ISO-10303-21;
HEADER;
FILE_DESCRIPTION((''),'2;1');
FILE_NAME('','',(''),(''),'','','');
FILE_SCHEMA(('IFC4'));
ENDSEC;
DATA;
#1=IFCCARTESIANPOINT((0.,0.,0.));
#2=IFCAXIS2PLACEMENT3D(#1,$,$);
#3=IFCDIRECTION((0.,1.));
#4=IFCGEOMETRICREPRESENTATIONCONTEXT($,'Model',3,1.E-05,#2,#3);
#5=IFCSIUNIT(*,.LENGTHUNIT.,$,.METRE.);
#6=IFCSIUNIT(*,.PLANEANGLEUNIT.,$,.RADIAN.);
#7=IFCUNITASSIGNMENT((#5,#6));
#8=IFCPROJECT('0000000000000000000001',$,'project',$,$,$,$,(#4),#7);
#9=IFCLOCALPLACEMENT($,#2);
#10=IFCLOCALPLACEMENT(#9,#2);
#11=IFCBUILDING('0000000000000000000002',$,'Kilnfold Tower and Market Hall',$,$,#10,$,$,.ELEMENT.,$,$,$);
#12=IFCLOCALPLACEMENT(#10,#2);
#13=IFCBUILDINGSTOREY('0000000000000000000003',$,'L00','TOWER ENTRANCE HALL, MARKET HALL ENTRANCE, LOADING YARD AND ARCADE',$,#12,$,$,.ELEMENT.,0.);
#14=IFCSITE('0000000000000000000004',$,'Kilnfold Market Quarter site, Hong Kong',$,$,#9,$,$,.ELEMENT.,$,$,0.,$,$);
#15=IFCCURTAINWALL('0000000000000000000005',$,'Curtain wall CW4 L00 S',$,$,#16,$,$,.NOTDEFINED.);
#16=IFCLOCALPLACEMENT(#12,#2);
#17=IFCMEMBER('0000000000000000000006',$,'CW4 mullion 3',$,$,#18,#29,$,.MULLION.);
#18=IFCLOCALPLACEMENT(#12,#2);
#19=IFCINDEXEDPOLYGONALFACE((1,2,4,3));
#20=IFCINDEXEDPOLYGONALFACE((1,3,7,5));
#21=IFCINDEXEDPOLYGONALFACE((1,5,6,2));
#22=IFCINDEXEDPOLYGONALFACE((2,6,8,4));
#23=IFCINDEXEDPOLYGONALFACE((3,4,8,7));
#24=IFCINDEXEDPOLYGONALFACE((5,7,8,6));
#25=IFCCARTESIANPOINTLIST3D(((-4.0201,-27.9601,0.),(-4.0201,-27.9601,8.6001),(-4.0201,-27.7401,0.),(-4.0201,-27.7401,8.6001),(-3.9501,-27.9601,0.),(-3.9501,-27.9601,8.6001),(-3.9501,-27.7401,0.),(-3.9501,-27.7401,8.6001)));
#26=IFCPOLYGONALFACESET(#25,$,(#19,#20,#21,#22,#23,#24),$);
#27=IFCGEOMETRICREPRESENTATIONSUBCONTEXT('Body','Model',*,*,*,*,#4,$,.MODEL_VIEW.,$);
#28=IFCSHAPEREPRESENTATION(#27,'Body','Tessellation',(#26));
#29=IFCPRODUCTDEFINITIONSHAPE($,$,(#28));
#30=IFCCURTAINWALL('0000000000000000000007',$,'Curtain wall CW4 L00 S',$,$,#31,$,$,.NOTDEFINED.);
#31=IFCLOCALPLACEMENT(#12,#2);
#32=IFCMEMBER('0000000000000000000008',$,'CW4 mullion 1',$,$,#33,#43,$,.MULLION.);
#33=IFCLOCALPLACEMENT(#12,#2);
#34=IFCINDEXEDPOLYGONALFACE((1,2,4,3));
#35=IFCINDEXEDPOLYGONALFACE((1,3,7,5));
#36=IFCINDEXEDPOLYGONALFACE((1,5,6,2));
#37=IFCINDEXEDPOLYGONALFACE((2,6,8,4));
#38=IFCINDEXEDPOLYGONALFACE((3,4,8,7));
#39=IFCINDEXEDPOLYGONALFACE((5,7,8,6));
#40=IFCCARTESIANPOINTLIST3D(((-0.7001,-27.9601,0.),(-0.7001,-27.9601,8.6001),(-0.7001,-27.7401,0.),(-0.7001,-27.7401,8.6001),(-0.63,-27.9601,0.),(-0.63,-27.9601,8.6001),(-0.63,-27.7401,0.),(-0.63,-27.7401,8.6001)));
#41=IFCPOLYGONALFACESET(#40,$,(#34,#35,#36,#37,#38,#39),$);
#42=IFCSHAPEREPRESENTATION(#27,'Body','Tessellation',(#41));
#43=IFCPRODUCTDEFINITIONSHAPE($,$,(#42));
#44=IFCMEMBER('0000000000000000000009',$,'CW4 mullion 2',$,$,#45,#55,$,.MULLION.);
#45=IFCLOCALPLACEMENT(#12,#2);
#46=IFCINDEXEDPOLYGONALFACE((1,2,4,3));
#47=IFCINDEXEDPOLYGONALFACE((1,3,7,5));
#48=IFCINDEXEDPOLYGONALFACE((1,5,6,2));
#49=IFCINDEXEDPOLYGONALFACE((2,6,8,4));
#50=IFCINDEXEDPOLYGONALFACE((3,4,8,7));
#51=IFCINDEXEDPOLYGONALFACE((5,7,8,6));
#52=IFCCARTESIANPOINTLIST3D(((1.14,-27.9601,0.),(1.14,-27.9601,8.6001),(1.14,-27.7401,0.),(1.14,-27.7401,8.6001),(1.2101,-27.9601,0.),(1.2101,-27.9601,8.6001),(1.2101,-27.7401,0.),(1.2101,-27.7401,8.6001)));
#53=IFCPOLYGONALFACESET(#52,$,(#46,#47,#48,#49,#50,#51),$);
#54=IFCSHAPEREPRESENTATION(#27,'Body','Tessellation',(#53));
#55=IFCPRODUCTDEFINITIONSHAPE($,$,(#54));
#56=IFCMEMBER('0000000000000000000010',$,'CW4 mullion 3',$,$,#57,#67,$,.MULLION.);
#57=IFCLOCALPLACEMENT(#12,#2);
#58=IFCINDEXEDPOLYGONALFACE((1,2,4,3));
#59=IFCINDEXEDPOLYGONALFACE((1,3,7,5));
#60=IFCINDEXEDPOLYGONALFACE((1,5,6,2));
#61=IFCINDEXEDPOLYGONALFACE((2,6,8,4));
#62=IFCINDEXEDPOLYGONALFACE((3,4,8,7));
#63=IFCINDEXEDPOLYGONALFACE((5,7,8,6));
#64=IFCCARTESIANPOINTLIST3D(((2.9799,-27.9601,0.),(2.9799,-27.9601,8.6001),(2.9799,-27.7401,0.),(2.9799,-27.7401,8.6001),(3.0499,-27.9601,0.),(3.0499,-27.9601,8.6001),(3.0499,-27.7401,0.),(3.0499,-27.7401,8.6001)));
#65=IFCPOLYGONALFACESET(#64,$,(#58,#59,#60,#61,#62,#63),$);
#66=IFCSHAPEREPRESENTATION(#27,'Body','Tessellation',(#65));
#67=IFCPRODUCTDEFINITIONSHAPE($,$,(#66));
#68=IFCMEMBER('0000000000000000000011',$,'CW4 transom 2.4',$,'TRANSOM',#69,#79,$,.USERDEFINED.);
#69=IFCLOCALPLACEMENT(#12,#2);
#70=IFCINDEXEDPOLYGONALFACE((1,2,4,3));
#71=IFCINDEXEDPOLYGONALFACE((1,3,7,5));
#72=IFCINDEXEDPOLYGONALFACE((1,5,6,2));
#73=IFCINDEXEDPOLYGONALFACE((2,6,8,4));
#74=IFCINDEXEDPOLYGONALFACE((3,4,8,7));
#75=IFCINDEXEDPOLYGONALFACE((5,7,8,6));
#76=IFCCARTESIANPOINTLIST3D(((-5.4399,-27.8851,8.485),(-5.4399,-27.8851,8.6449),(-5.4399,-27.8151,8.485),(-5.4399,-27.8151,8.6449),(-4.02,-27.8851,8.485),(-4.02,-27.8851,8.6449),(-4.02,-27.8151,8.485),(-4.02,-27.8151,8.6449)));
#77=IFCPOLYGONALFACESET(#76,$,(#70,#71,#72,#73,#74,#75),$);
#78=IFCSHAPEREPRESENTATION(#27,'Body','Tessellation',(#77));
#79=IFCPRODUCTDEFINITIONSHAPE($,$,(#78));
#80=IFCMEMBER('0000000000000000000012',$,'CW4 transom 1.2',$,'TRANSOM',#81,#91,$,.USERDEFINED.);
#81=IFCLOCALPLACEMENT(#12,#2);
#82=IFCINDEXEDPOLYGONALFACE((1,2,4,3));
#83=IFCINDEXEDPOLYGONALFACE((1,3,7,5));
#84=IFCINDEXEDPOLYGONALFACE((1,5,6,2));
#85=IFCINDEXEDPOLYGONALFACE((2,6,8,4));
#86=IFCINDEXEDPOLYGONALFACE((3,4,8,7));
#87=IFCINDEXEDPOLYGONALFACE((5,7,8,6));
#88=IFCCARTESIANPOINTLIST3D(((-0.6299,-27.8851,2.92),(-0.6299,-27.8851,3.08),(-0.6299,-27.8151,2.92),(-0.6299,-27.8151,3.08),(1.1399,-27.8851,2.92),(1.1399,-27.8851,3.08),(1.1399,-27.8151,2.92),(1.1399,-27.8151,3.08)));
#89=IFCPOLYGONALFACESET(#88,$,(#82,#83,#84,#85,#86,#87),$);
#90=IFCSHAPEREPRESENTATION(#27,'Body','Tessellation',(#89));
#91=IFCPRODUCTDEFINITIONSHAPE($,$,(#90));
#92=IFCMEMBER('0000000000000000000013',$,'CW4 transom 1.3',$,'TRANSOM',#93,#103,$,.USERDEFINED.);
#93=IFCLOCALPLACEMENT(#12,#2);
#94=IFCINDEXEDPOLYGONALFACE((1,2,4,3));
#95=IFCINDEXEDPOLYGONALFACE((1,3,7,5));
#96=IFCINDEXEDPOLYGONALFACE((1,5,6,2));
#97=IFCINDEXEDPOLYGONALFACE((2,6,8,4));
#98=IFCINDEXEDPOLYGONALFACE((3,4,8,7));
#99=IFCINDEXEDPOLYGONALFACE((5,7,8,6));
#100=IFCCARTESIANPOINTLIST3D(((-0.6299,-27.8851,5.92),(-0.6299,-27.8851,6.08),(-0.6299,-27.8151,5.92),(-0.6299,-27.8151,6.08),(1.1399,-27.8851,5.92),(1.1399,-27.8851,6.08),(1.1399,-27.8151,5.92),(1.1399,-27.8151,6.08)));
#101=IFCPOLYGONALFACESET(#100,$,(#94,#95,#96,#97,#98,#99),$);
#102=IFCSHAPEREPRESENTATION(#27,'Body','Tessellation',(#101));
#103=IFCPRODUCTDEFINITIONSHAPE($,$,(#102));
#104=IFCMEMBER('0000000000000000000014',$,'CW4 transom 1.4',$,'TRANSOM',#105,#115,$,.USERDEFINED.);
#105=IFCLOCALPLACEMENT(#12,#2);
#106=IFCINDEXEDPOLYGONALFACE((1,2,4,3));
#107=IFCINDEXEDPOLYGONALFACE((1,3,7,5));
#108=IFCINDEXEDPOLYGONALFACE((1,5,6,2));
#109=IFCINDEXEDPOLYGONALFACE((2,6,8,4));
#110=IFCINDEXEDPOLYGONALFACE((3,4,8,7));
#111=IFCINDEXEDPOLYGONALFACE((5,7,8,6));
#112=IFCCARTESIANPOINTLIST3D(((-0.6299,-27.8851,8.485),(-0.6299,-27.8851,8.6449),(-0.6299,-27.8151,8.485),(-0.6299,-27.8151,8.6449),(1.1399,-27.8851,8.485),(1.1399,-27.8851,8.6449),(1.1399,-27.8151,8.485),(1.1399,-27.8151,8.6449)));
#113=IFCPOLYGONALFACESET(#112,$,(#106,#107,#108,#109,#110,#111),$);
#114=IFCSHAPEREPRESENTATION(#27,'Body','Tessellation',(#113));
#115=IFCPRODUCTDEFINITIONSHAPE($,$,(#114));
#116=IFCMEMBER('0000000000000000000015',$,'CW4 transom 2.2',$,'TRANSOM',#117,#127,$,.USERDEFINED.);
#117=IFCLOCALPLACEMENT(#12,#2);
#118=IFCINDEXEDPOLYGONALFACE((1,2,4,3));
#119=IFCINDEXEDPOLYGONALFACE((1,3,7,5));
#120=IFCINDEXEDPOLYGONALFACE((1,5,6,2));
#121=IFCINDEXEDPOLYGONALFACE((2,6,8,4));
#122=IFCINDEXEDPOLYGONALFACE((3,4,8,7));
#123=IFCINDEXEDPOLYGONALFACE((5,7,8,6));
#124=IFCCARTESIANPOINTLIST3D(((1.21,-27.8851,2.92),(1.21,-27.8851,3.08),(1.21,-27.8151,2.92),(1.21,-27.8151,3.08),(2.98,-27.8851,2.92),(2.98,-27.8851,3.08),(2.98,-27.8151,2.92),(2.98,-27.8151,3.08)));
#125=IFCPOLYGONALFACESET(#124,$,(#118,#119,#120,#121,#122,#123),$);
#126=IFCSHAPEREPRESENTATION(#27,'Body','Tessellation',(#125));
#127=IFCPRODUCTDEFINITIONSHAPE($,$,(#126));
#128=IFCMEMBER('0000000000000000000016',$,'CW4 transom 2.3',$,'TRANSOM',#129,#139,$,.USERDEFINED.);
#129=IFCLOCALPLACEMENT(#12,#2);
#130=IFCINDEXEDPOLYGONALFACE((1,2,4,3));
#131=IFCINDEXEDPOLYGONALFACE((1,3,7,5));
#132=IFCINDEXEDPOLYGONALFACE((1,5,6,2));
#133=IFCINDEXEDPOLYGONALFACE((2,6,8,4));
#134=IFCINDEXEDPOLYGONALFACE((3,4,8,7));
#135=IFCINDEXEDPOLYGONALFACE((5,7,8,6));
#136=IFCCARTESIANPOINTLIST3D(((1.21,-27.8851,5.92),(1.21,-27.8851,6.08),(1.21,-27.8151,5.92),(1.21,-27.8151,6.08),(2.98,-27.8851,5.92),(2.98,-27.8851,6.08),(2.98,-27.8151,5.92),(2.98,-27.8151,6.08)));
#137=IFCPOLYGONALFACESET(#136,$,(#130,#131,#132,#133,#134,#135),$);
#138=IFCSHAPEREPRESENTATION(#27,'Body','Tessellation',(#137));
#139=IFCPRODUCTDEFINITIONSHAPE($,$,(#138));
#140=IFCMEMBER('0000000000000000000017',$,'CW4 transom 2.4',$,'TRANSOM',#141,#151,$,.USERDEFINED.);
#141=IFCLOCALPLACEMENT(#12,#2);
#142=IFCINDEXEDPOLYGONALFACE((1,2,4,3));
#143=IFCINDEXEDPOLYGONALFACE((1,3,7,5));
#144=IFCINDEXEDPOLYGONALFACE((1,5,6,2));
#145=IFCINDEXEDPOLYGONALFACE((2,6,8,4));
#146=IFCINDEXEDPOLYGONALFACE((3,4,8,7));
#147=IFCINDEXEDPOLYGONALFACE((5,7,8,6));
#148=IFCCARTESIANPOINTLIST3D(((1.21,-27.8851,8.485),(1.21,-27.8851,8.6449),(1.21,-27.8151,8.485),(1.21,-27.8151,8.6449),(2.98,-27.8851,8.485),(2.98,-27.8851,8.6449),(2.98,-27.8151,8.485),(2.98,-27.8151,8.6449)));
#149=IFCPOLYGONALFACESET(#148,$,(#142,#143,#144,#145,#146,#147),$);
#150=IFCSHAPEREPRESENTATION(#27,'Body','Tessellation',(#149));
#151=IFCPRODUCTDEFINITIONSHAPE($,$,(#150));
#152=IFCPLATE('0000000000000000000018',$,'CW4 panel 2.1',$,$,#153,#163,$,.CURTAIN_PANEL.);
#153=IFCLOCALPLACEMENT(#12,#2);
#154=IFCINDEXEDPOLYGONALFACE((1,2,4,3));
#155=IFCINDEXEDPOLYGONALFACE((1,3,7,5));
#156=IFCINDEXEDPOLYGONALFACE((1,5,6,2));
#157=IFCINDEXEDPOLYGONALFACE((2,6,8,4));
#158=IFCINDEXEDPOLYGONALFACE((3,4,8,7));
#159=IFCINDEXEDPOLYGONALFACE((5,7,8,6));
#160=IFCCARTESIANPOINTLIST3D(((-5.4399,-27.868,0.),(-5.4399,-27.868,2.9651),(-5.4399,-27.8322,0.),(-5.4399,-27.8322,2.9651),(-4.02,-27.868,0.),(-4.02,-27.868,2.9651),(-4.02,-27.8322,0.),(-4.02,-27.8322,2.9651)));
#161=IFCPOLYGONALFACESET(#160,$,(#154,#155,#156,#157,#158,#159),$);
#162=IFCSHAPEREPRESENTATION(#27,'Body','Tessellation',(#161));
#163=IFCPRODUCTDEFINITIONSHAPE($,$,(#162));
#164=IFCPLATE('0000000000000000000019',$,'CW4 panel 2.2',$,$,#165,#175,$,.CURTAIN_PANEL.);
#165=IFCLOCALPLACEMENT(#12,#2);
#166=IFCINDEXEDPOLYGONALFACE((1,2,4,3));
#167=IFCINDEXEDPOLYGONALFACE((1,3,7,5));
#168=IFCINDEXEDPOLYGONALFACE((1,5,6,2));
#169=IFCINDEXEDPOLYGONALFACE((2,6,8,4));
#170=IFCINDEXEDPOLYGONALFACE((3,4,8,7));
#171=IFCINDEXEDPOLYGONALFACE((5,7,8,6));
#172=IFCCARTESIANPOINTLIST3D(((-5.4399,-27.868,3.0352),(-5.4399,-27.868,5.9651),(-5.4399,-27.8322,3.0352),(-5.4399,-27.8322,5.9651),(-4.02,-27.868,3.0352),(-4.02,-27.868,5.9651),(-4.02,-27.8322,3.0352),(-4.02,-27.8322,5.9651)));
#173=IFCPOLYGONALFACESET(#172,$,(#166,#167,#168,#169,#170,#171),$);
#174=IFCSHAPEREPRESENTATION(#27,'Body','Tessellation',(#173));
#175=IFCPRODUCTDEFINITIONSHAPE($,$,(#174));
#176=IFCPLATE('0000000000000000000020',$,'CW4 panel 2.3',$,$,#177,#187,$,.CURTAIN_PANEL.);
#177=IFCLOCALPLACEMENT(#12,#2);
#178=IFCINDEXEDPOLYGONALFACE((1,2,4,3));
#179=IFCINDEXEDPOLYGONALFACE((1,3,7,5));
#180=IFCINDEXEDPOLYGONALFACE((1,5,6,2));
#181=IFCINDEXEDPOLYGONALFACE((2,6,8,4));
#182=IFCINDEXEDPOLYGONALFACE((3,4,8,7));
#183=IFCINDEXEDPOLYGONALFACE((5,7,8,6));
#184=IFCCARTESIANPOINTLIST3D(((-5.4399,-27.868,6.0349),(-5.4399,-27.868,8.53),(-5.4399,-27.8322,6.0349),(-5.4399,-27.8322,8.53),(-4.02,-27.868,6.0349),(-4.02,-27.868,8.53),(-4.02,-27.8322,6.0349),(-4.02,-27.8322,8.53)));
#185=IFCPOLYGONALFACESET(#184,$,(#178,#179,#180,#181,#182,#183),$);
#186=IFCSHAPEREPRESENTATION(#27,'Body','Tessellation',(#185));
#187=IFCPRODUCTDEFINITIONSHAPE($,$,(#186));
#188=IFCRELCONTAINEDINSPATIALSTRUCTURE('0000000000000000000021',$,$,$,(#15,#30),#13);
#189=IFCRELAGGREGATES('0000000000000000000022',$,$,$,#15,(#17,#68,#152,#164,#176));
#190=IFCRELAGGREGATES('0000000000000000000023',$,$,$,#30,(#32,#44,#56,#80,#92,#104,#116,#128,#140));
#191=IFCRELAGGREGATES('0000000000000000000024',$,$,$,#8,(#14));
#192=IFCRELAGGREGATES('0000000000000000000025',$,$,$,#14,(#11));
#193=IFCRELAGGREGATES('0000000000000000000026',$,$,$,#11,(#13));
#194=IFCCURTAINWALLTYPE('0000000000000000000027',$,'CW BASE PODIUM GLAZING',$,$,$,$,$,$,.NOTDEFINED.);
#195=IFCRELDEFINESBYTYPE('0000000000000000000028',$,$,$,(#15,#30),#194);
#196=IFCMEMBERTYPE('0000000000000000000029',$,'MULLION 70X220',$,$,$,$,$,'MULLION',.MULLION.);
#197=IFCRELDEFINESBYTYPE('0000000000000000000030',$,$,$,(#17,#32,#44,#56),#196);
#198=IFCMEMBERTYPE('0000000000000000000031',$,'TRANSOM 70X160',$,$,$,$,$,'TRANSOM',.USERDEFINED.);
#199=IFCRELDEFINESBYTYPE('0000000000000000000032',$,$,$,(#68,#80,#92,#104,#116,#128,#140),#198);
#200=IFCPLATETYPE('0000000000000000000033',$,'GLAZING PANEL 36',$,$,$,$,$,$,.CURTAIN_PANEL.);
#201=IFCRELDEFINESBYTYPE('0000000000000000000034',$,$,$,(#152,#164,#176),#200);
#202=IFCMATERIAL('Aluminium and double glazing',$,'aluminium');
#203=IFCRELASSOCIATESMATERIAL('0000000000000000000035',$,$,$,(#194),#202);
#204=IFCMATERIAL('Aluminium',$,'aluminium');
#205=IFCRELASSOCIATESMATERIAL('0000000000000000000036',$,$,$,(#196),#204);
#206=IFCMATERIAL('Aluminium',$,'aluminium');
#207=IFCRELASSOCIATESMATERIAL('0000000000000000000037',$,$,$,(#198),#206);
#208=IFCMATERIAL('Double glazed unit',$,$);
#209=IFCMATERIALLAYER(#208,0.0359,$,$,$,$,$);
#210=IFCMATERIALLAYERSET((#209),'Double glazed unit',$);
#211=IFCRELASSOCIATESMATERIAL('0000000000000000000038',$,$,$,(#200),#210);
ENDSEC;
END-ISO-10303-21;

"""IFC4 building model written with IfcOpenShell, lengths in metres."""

from ifc_helpers import new_model, si_unit, direction, frame, origin, origin_2d, place, context, subcontext, project, spatial, rectangle, extrude, source, transform, mapped, material, layer, layer_set, material_profile, profile_set, type_object, element, aggregate, save


model = new_model("IFC4")

# Units and contexts
model_context = context("Model", 3, precision=1e-05, world=origin(), true_north=direction((0.0, 1.0)))
body_context = subcontext(model_context, "Body", "Model", "MODEL_VIEW")
ifc_project = project(units=[si_unit("LENGTHUNIT", "METRE"), si_unit("PLANEANGLEUNIT", "RADIAN")], contexts=[model_context])

# Site, building, storey
site_placement = place(None, origin())
site = spatial("IfcSite", under=ifc_project, at=site_placement, Name="Kilnfold Market Quarter site, Hong Kong", CompositionType="ELEMENT", RefElevation=0.0)
building_placement = place(site_placement, origin())
building = spatial("IfcBuilding", under=site, at=building_placement, Name="Kilnfold Tower and Market Hall", CompositionType="ELEMENT")
storey_placement = place(building_placement, origin())
storey = spatial("IfcBuildingStorey", under=building, at=storey_placement, Name="L00", Description="TOWER ENTRANCE HALL, MARKET HALL ENTRANCE, LOADING YARD AND ARCADE", CompositionType="ELEMENT", Elevation=0.0)

# Curtain wall, member
ifc_material_1 = material(Name="Aluminium and double glazing", Category="aluminium")
curtain_wall_type = type_object("IfcCurtainWallType", Name="CW BASE PODIUM GLAZING", PredefinedType="NOTDEFINED", material=ifc_material_1)
curtain_wall_1_placement = place(storey_placement, origin())
curtain_wall_1 = element("IfcCurtainWall", 1, at=curtain_wall_1_placement, inside=storey, type_object=curtain_wall_type, Name="Curtain wall CW4 L00 S", PredefinedType="NOTDEFINED")
ifc_material_2 = material(Name="Aluminium", Category="aluminium")
ifc_material_profile_1 = material_profile(ifc_material_2, rectangle(XDim=0.0701, YDim=0.22, at=origin_2d()), Name="MULLION 70x220")
ifc_profile_set_1 = profile_set([ifc_material_profile_1], Name="Aluminium")
member_type_1 = type_object("IfcMemberType", Name="MULLION 70X220", ElementType="MULLION", PredefinedType="MULLION", material=ifc_profile_set_1)
shared_shape_1 = source(origin(), body_context, "Body", "SweptSolid", [
    extrude(rectangle(XDim=0.0701, YDim=0.22, at=origin_2d()), origin(), (0.0, 0.0, 1.0), 8.6001),
])
member_1_placement = place(storey_placement, frame((-3.9851, -27.8501, 0.0), z_axis=(0.0, 0.0, 1.0), x_axis=(1.0, 0.0, 0.0)))
member_1 = element("IfcMember", 2, at=member_1_placement, type_object=member_type_1, Name="CW4 mullion 3", PredefinedType="MULLION", context=body_context, shape_type="MappedRepresentation", body=[
    mapped(shared_shape_1, transform((0.0, 0.0, 0.0))),
])

# Curtain wall, members
curtain_wall_2_placement = place(storey_placement, origin())
curtain_wall_2 = element("IfcCurtainWall", 3, at=curtain_wall_2_placement, inside=storey, type_object=curtain_wall_type, Name="Curtain wall CW4 L00 S", PredefinedType="NOTDEFINED")
member_2_placement = place(storey_placement, frame((-0.665, -27.8501, 0.0), z_axis=(0.0, 0.0, 1.0), x_axis=(1.0, 0.0, 0.0)))
member_2 = element("IfcMember", 4, at=member_2_placement, type_object=member_type_1, Name="CW4 mullion 1", PredefinedType="MULLION", context=body_context, shape_type="MappedRepresentation", body=[
    mapped(shared_shape_1, transform((0.0, 0.0, 0.0))),
])
member_3_placement = place(storey_placement, frame((1.175, -27.8501, 0.0), z_axis=(0.0, 0.0, 1.0), x_axis=(1.0, 0.0, 0.0)))
member_3 = element("IfcMember", 5, at=member_3_placement, type_object=member_type_1, Name="CW4 mullion 2", PredefinedType="MULLION", context=body_context, shape_type="MappedRepresentation", body=[
    mapped(shared_shape_1, transform((0.0, 0.0, 0.0))),
])
member_4_placement = place(storey_placement, frame((3.0149, -27.8501, 0.0), z_axis=(0.0, 0.0, 1.0), x_axis=(1.0, 0.0, 0.0)))
member_4 = element("IfcMember", 6, at=member_4_placement, type_object=member_type_1, Name="CW4 mullion 3", PredefinedType="MULLION", context=body_context, shape_type="MappedRepresentation", body=[
    mapped(shared_shape_1, transform((0.0, 0.0, 0.0))),
])

# Members
ifc_material_3 = material(Name="Aluminium", Category="aluminium")
ifc_material_profile_2 = material_profile(ifc_material_3, rectangle(XDim=0.0701, YDim=0.1599, at=origin_2d()), Name="TRANSOM 70x160")
ifc_profile_set_2 = profile_set([ifc_material_profile_2], Name="Aluminium")
member_type_2 = type_object("IfcMemberType", Name="TRANSOM 70X160", ElementType="TRANSOM", PredefinedType="USERDEFINED", material=ifc_profile_set_2)
shared_shape_2 = source(origin(), body_context, "Body", "SweptSolid", [
    extrude(rectangle(XDim=0.0701, YDim=0.1599, at=origin_2d()), origin(), (0.0, 0.0, 1.0), 1.4199),
])
member_5_placement = place(storey_placement, frame((-5.4399, -27.8501, 8.5649), z_axis=(1.0, 0.0, 0.0), x_axis=(0.0, 1.0, 0.0)))
member_5 = element("IfcMember", 7, at=member_5_placement, type_object=member_type_2, Name="CW4 transom 2.4", ObjectType="TRANSOM", PredefinedType="USERDEFINED", context=body_context, shape_type="MappedRepresentation", body=[
    mapped(shared_shape_2, transform((0.0, 0.0, 0.0))),
])
shared_shape_3 = source(origin(), body_context, "Body", "SweptSolid", [
    extrude(rectangle(XDim=0.0701, YDim=0.1599, at=origin_2d()), origin(), (0.0, 0.0, 1.0), 1.7698),
])
member_6_placement = place(storey_placement, frame((-0.6299, -27.8501, 3.0), z_axis=(1.0, 0.0, 0.0), x_axis=(0.0, 1.0, 0.0)))
member_6 = element("IfcMember", 8, at=member_6_placement, type_object=member_type_2, Name="CW4 transom 1.2", ObjectType="TRANSOM", PredefinedType="USERDEFINED", context=body_context, shape_type="MappedRepresentation", body=[
    mapped(shared_shape_3, transform((0.0, 0.0, 0.0))),
])
member_7_placement = place(storey_placement, frame((-0.6299, -27.8501, 6.0), z_axis=(1.0, 0.0, 0.0), x_axis=(0.0, 1.0, 0.0)))
member_7 = element("IfcMember", 9, at=member_7_placement, type_object=member_type_2, Name="CW4 transom 1.3", ObjectType="TRANSOM", PredefinedType="USERDEFINED", context=body_context, shape_type="MappedRepresentation", body=[
    mapped(shared_shape_3, transform((0.0, 0.0, 0.0))),
])
member_8_placement = place(storey_placement, frame((-0.6299, -27.8501, 8.5649), z_axis=(1.0, 0.0, 0.0), x_axis=(0.0, 1.0, 0.0)))
member_8 = element("IfcMember", 10, at=member_8_placement, type_object=member_type_2, Name="CW4 transom 1.4", ObjectType="TRANSOM", PredefinedType="USERDEFINED", context=body_context, shape_type="MappedRepresentation", body=[
    mapped(shared_shape_3, transform((0.0, 0.0, 0.0))),
])
shared_shape_4 = source(origin(), body_context, "Body", "SweptSolid", [
    extrude(rectangle(XDim=0.0701, YDim=0.1599, at=origin_2d()), origin(), (0.0, 0.0, 1.0), 1.77),
])
member_9_placement = place(storey_placement, frame((1.21, -27.8501, 3.0), z_axis=(1.0, 0.0, 0.0), x_axis=(0.0, 1.0, 0.0)))
member_9 = element("IfcMember", 11, at=member_9_placement, type_object=member_type_2, Name="CW4 transom 2.2", ObjectType="TRANSOM", PredefinedType="USERDEFINED", context=body_context, shape_type="MappedRepresentation", body=[
    mapped(shared_shape_4, transform((0.0, 0.0, 0.0))),
])
member_10_placement = place(storey_placement, frame((1.21, -27.8501, 6.0), z_axis=(1.0, 0.0, 0.0), x_axis=(0.0, 1.0, 0.0)))
member_10 = element("IfcMember", 12, at=member_10_placement, type_object=member_type_2, Name="CW4 transom 2.3", ObjectType="TRANSOM", PredefinedType="USERDEFINED", context=body_context, shape_type="MappedRepresentation", body=[
    mapped(shared_shape_4, transform((0.0, 0.0, 0.0))),
])
member_11_placement = place(storey_placement, frame((1.21, -27.8501, 8.5649), z_axis=(1.0, 0.0, 0.0), x_axis=(0.0, 1.0, 0.0)))
member_11 = element("IfcMember", 13, at=member_11_placement, type_object=member_type_2, Name="CW4 transom 2.4", ObjectType="TRANSOM", PredefinedType="USERDEFINED", context=body_context, shape_type="MappedRepresentation", body=[
    mapped(shared_shape_4, transform((0.0, 0.0, 0.0))),
])

# Plates
ifc_material_4 = material(Name="Double glazed unit")
ifc_layer_1 = layer(ifc_material_4, 0.0359)
ifc_layer_set_1 = layer_set([ifc_layer_1], Name="Double glazed unit")
plate_type = type_object("IfcPlateType", Name="GLAZING PANEL 36", PredefinedType="CURTAIN_PANEL", material=ifc_layer_set_1)
shared_shape_5 = source(origin(), body_context, "Body", "SweptSolid", [
    extrude(rectangle(XDim=1.4199, YDim=0.0359, at=origin_2d()), origin(), (0.0, 0.0, 1.0), 2.9651),
])
plate_1_placement = place(storey_placement, frame((-4.73, -27.8501, 0.0), z_axis=(0.0, 0.0, 1.0), x_axis=(1.0, 0.0, 0.0)))
plate_1 = element("IfcPlate", 14, at=plate_1_placement, type_object=plate_type, Name="CW4 panel 2.1", PredefinedType="CURTAIN_PANEL", context=body_context, shape_type="MappedRepresentation", body=[
    mapped(shared_shape_5, transform((0.0, 0.0, 0.0))),
])
shared_shape_6 = source(origin(), body_context, "Body", "SweptSolid", [
    extrude(rectangle(XDim=1.4199, YDim=0.0359, at=origin_2d()), origin(), (0.0, 0.0, 1.0), 2.9299),
])
plate_2_placement = place(storey_placement, frame((-4.73, -27.8501, 3.0352), z_axis=(0.0, 0.0, 1.0), x_axis=(1.0, 0.0, 0.0)))
plate_2 = element("IfcPlate", 15, at=plate_2_placement, type_object=plate_type, Name="CW4 panel 2.2", PredefinedType="CURTAIN_PANEL", context=body_context, shape_type="MappedRepresentation", body=[
    mapped(shared_shape_6, transform((0.0, 0.0, 0.0))),
])
shared_shape_7 = source(origin(), body_context, "Body", "SweptSolid", [
    extrude(rectangle(XDim=1.4199, YDim=0.0359, at=origin_2d()), origin(), (0.0, 0.0, 1.0), 2.4951),
])
plate_3_placement = place(storey_placement, frame((-4.73, -27.8501, 6.0349), z_axis=(0.0, 0.0, 1.0), x_axis=(1.0, 0.0, 0.0)))
plate_3 = element("IfcPlate", 16, at=plate_3_placement, type_object=plate_type, Name="CW4 panel 2.3", PredefinedType="CURTAIN_PANEL", context=body_context, shape_type="MappedRepresentation", body=[
    mapped(shared_shape_7, transform((0.0, 0.0, 0.0))),
])
aggregate(curtain_wall_1, [member_1, member_5, plate_1, plate_2, plate_3])
aggregate(curtain_wall_2, [member_2, member_3, member_4, member_6, member_7, member_8, member_9, member_10, member_11])

save(model, "model.ifc")
